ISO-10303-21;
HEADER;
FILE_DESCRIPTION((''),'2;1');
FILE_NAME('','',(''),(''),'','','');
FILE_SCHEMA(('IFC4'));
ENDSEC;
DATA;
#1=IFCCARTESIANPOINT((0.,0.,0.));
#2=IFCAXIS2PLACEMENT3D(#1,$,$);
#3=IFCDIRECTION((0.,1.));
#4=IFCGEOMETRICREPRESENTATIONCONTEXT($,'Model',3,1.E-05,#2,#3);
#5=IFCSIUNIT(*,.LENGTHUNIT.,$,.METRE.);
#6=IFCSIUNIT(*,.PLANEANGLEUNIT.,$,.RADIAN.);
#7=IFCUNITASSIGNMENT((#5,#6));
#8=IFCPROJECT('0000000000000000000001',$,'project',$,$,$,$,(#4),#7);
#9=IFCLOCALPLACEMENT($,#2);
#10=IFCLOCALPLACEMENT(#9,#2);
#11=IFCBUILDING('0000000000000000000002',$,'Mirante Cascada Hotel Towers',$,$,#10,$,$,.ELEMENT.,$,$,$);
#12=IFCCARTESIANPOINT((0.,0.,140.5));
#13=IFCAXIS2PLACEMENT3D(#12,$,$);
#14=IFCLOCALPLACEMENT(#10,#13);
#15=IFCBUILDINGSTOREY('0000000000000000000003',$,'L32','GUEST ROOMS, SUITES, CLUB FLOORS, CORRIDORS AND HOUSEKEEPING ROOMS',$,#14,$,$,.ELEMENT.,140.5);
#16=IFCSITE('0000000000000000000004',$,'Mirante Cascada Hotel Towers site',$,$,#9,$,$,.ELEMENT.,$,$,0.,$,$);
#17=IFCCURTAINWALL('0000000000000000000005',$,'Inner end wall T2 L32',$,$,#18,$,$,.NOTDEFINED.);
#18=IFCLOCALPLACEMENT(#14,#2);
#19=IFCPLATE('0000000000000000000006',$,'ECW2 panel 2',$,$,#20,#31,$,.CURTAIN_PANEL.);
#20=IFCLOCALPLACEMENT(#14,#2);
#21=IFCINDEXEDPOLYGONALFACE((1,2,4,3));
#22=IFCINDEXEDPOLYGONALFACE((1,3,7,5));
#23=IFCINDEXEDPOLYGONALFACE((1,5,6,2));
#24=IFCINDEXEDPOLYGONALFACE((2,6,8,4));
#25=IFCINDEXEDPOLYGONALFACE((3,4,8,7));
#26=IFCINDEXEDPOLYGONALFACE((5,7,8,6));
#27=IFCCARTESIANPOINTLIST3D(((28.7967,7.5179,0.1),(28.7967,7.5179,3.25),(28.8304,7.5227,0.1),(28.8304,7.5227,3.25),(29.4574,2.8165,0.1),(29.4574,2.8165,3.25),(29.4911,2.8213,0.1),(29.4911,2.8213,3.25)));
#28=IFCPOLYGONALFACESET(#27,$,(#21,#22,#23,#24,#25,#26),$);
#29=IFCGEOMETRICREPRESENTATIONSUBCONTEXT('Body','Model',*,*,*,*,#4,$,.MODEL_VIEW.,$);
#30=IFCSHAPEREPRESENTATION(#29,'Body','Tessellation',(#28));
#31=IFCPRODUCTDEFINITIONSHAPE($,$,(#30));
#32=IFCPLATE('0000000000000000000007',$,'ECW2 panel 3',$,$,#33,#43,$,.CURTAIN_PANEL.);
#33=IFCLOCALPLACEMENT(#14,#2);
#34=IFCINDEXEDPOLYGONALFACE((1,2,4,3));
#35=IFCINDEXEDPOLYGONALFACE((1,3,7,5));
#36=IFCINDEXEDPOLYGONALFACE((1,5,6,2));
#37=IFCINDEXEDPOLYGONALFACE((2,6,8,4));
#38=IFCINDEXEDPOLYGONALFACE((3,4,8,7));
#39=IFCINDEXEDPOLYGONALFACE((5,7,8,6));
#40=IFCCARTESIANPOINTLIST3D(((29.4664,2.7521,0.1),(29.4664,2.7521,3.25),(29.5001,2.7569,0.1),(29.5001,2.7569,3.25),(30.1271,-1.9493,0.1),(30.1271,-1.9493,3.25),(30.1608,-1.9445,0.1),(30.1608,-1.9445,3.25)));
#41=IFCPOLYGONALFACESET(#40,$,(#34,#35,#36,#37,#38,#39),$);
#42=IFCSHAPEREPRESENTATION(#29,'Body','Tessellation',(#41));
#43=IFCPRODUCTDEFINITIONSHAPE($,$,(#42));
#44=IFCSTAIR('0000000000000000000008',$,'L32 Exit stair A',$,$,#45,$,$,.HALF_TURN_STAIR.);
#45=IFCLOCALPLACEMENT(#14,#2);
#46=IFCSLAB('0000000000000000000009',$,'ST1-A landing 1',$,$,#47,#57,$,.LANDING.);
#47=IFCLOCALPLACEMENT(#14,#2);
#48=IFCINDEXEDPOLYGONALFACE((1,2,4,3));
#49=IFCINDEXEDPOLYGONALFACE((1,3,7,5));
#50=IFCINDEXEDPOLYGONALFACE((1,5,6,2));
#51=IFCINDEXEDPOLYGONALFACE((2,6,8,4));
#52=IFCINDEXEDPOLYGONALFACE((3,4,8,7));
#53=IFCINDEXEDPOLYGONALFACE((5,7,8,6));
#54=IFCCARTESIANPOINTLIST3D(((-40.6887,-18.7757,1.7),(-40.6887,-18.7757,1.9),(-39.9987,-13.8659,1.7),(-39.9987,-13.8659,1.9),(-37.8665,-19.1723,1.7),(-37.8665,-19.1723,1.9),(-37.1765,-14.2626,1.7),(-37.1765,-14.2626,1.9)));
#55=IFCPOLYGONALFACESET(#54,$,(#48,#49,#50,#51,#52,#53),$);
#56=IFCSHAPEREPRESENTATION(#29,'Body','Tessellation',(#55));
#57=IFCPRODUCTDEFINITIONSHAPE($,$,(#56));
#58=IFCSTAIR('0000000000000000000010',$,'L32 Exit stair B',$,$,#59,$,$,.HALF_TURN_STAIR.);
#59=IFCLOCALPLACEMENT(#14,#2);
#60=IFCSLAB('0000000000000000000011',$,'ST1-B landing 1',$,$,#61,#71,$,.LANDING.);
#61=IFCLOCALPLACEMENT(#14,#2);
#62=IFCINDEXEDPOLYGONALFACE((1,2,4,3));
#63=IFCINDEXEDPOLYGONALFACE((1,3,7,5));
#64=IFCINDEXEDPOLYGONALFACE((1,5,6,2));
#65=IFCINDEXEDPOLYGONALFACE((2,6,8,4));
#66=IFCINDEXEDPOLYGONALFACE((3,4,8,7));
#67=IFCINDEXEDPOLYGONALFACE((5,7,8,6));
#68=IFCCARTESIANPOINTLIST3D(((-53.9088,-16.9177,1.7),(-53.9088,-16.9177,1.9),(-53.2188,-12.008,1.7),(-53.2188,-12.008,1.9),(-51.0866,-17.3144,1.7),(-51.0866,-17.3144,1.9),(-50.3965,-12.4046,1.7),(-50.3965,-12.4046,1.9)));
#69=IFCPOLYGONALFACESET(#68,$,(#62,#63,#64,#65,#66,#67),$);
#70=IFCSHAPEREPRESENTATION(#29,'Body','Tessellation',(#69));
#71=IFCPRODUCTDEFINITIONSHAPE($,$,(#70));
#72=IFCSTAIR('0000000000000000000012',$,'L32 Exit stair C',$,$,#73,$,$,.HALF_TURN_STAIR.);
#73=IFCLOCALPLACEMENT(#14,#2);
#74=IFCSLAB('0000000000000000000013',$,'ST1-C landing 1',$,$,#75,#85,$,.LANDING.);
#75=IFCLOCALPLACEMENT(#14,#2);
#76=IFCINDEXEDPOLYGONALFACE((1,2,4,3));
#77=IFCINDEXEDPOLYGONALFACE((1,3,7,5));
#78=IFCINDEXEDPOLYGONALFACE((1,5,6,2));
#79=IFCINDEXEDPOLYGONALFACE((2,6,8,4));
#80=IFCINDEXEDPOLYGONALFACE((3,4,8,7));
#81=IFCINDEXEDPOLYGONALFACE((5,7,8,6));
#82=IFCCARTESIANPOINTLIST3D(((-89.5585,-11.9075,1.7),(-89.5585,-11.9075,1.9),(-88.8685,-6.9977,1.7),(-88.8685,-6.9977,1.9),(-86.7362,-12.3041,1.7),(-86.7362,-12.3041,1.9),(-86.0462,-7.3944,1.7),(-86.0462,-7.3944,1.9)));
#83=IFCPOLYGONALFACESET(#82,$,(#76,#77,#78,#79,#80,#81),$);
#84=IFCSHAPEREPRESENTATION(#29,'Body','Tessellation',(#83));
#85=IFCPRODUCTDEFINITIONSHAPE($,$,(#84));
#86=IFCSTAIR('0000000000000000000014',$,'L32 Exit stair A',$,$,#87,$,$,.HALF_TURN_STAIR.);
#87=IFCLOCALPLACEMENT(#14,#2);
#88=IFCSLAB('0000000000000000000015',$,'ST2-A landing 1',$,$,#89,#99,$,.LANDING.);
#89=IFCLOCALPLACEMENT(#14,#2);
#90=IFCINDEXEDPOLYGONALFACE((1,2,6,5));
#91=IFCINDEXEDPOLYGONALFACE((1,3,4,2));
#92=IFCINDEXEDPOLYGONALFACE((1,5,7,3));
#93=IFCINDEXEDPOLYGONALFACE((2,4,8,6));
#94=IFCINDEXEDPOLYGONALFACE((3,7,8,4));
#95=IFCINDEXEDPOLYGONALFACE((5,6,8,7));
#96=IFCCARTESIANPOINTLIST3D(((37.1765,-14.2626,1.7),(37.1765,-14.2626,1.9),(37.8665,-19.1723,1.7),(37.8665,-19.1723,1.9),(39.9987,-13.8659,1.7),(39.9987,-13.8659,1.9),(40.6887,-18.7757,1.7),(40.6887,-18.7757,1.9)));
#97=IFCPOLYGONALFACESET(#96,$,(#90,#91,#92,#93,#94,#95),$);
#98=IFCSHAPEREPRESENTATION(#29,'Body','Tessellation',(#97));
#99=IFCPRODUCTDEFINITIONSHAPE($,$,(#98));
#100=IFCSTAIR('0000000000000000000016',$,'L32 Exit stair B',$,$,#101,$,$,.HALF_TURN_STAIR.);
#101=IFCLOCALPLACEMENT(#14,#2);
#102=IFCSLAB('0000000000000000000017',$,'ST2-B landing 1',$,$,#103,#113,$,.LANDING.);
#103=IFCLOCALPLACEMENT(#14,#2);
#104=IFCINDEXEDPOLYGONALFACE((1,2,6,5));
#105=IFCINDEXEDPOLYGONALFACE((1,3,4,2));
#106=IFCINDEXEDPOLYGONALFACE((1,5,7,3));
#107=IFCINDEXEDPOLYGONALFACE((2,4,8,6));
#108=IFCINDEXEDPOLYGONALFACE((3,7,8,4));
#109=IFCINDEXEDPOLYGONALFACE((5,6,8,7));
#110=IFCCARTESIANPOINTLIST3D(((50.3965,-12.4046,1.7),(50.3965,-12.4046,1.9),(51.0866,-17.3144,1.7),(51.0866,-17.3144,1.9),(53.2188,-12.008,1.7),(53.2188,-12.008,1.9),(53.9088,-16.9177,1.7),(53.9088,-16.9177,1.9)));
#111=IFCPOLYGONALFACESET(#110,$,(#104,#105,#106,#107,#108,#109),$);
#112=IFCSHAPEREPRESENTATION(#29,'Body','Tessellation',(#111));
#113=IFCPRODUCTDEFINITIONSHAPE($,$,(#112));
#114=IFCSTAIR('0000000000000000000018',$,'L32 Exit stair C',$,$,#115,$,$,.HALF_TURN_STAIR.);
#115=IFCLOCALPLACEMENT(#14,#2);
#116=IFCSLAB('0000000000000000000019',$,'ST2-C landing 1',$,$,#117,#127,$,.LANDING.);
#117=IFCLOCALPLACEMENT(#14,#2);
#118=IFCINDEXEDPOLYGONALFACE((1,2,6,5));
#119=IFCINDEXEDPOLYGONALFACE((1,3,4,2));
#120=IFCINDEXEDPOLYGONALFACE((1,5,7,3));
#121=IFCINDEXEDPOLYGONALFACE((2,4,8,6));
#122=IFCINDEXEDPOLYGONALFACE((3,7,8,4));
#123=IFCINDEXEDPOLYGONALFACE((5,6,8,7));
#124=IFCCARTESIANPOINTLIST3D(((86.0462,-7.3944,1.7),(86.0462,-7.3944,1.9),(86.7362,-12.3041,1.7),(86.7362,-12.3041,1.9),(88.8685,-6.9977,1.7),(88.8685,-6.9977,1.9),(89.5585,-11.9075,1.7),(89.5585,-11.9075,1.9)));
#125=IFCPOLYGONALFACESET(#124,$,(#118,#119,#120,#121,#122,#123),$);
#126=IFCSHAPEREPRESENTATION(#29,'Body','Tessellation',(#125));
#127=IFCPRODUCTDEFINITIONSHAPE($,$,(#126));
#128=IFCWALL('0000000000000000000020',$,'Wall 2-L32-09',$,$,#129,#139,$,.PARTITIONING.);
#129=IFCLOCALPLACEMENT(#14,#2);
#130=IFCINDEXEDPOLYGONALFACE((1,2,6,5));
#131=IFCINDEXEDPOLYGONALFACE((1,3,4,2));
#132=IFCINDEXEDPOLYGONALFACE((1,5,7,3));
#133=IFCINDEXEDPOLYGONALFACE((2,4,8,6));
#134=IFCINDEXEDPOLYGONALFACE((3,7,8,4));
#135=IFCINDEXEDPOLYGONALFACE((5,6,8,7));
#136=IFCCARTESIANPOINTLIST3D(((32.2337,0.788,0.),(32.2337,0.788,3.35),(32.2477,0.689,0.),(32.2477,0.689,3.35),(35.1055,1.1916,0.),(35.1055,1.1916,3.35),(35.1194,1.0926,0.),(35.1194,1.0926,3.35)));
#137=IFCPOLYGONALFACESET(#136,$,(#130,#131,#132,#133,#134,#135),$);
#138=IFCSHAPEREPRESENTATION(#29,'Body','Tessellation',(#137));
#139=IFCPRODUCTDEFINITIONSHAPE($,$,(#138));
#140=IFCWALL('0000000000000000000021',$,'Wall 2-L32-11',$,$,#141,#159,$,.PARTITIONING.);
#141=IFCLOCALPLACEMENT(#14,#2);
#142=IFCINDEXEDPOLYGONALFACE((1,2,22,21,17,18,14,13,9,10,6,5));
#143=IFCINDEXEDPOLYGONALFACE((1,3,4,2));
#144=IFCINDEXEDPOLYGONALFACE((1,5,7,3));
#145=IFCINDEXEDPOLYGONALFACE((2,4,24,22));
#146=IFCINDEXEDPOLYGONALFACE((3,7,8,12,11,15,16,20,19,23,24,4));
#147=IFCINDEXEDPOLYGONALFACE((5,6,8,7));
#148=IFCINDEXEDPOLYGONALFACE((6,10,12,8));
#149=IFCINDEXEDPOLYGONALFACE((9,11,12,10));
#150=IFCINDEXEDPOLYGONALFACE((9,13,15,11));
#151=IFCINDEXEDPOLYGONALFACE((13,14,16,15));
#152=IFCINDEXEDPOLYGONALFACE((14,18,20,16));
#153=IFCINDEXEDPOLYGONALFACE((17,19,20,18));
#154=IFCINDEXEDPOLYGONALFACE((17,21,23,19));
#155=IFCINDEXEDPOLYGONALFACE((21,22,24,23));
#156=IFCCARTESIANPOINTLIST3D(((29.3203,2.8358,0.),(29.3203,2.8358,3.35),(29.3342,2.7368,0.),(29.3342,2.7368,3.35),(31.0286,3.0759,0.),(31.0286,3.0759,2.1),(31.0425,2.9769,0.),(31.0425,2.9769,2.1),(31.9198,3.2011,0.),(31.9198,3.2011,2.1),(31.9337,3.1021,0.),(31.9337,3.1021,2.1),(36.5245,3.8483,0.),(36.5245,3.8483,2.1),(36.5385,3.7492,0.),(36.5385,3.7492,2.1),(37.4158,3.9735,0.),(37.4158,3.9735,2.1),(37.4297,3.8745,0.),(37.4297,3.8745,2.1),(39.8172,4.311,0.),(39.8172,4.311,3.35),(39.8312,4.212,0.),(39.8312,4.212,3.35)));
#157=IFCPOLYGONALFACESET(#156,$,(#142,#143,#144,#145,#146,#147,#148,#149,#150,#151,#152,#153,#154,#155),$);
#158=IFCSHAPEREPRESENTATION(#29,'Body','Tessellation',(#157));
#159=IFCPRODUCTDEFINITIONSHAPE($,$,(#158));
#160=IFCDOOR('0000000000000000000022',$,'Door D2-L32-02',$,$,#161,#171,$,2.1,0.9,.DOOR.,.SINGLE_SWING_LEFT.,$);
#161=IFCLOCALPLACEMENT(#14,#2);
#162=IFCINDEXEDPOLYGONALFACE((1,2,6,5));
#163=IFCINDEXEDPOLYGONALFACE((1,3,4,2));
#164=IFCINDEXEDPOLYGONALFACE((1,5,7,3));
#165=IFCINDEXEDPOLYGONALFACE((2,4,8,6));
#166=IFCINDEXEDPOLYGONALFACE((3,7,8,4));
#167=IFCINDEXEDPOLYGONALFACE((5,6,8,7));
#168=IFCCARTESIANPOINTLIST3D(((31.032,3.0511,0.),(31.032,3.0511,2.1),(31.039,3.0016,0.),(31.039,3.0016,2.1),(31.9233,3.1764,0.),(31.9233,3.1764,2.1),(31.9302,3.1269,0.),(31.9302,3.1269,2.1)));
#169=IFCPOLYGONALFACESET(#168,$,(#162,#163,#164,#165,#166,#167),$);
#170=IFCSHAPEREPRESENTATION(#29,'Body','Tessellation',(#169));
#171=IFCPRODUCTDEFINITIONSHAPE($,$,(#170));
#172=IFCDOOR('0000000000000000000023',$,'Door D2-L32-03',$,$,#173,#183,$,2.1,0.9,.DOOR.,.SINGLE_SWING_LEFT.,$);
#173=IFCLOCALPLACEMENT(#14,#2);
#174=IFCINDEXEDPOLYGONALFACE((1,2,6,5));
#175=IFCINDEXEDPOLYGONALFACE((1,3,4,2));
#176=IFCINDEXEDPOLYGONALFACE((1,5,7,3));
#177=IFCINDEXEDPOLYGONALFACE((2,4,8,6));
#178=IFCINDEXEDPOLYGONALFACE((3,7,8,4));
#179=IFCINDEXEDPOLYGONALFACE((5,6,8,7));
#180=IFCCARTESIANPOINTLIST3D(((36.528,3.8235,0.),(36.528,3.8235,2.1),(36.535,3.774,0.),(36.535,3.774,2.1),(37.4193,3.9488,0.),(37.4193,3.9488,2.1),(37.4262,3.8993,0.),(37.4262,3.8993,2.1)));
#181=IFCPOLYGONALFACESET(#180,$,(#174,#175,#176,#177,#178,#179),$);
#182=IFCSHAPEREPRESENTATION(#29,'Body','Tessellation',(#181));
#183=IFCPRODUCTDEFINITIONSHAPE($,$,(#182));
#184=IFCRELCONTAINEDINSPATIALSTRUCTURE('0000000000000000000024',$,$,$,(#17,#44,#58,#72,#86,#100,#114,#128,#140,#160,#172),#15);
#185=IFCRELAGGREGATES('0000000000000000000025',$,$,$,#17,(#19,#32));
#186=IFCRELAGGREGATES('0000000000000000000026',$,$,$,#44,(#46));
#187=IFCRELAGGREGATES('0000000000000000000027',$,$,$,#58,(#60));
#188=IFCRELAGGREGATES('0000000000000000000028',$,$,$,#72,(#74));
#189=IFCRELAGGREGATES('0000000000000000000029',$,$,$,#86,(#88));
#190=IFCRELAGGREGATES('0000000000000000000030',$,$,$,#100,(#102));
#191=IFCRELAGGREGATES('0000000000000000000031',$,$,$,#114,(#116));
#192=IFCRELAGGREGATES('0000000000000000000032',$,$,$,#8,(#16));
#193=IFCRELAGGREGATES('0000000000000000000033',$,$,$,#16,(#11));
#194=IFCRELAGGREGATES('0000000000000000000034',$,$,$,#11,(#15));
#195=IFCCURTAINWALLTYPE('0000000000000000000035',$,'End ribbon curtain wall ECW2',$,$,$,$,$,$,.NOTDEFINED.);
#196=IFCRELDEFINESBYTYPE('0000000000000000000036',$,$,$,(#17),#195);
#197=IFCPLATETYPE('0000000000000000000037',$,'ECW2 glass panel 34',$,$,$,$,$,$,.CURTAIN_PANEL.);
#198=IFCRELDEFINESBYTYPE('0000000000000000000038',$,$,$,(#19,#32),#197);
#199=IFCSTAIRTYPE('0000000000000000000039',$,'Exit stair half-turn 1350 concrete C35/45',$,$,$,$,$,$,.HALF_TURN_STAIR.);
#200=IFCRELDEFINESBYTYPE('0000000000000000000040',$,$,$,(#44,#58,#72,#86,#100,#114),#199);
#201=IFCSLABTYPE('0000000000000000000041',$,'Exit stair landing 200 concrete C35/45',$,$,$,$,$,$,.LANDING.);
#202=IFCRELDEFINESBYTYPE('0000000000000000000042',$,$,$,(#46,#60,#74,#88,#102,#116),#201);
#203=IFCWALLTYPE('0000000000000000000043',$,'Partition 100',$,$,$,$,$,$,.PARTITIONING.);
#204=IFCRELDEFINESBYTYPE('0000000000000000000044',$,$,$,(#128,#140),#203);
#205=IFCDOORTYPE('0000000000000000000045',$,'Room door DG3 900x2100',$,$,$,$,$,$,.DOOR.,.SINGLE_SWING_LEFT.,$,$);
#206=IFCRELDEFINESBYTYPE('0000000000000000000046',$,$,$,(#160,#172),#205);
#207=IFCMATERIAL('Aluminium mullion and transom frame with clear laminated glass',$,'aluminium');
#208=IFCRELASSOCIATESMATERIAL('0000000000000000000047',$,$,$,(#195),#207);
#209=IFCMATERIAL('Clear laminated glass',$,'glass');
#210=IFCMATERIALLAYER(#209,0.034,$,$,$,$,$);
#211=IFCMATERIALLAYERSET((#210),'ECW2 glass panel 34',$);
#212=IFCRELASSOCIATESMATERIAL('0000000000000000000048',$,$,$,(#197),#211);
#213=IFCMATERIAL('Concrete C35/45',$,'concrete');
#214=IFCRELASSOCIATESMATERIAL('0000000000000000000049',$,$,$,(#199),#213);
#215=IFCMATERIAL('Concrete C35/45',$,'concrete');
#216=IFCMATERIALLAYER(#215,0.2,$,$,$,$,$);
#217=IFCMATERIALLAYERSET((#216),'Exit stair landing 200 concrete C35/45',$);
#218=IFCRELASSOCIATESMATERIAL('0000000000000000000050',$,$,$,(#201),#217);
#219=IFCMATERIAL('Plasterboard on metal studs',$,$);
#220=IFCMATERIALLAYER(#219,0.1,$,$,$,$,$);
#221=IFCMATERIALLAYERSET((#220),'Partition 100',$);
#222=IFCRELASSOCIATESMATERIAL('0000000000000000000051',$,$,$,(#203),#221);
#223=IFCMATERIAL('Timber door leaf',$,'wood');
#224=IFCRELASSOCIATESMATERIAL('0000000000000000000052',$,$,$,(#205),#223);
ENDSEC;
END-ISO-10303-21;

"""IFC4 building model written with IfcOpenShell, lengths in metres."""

from ifc_helpers import new_model, si_unit, direction, frame, frame_2d, origin, origin_2d, place, context, subcontext, project, spatial, polyline, rectangle, outline, extrude, material, layer, layer_set, type_object, element, fill, aggregate, save


model = new_model("IFC4")

# Units and contexts
model_context = context("Model", 3, precision=1e-05, world=origin(), true_north=direction((0.0, 1.0)))
body_context = subcontext(model_context, "Body", "Model", "MODEL_VIEW")
ifc_project = project(units=[si_unit("LENGTHUNIT", "METRE"), si_unit("PLANEANGLEUNIT", "RADIAN")], contexts=[model_context])

# Site, building, storey
site_placement = place(None, origin())
site = spatial("IfcSite", under=ifc_project, at=site_placement, Name="Mirante Cascada Hotel Towers site", CompositionType="ELEMENT", RefElevation=0.0)
building_placement = place(site_placement, origin())
building = spatial("IfcBuilding", under=site, at=building_placement, Name="Mirante Cascada Hotel Towers", CompositionType="ELEMENT")
storey_placement = place(building_placement, frame((0.0, 0.0, 140.5)))
storey = spatial("IfcBuildingStorey", under=building, at=storey_placement, Name="L32", Description="GUEST ROOMS, SUITES, CLUB FLOORS, CORRIDORS AND HOUSEKEEPING ROOMS", CompositionType="ELEMENT", Elevation=140.5)

# Curtain wall
ifc_material_1 = material(Name="Aluminium mullion and transom frame with clear laminated glass", Category="aluminium")
curtain_wall_type_1 = type_object("IfcCurtainWallType", Name="End ribbon curtain wall ECW2", PredefinedType="NOTDEFINED", material=ifc_material_1)
curtain_wall_1_placement = place(storey_placement, origin())
curtain_wall_1 = element("IfcCurtainWall", 1, at=curtain_wall_1_placement, inside=storey, type_object=curtain_wall_type_1, Name="Inner end wall T2 L32", PredefinedType="NOTDEFINED")

# Plates
ifc_material_2 = material(Name="Clear laminated glass", Category="glass")
ifc_layer_1 = layer(ifc_material_2, 0.034)
ifc_layer_set_1 = layer_set([ifc_layer_1], Name="ECW2 glass panel 34")
plate_type_1 = type_object("IfcPlateType", Name="ECW2 glass panel 34", PredefinedType="CURTAIN_PANEL", material=ifc_layer_set_1)
plate_1_placement = place(storey_placement, frame((29.1439, 5.1696, 0.1), z_axis=(0.0, 0.0, 1.0), x_axis=(0.139173, -0.990268, 0.0)))
plate_1 = element("IfcPlate", 2, at=plate_1_placement, type_object=plate_type_1, Name="ECW2 panel 2", PredefinedType="CURTAIN_PANEL", context=body_context, shape_type="SweptSolid", body=[
    extrude(rectangle(XDim=4.7476, YDim=0.034, at=origin_2d()), origin(), (0.0, 0.0, 1.0), 3.15),
])
plate_2_placement = place(storey_placement, frame((29.8136, 0.4038, 0.1), z_axis=(0.0, 0.0, 1.0), x_axis=(0.139173, -0.990268, 0.0)))
plate_2 = element("IfcPlate", 3, at=plate_2_placement, type_object=plate_type_1, Name="ECW2 panel 3", PredefinedType="CURTAIN_PANEL", context=body_context, shape_type="SweptSolid", body=[
    extrude(rectangle(XDim=4.7476, YDim=0.034, at=origin_2d()), origin(), (0.0, 0.0, 1.0), 3.15),
])
aggregate(curtain_wall_1, [plate_1, plate_2])

# Stairs, slabs
ifc_material_3 = material(Name="Concrete C35/45", Category="concrete")
stair_type = type_object("IfcStairType", Name="Exit stair half-turn 1350 concrete C35/45", PredefinedType="HALF_TURN_STAIR", material=ifc_material_3)
stair_1_placement = place(storey_placement, origin())
stair_1 = element("IfcStair", 4, at=stair_1_placement, inside=storey, type_object=stair_type, Name="L32 Exit stair A", PredefinedType="HALF_TURN_STAIR")
ifc_material_4 = material(Name="Concrete C35/45", Category="concrete")
ifc_layer_2 = layer(ifc_material_4, 0.2)
ifc_layer_set_2 = layer_set([ifc_layer_2], Name="Exit stair landing 200 concrete C35/45")
slab_type = type_object("IfcSlabType", Name="Exit stair landing 200 concrete C35/45", PredefinedType="LANDING", material=ifc_layer_set_2)
slab_1_placement = place(storey_placement, frame((0.0, 0.0, 1.7)))
slab_1 = element("IfcSlab", 5, at=slab_1_placement, type_object=slab_type, Name="ST1-A landing 1", PredefinedType="LANDING", context=body_context, shape_type="SweptSolid", body=[
    extrude(outline(polyline([(-39.9987, -13.8659), (-40.6887, -18.7757), (-37.8665, -19.1723), (-37.1765, -14.2626), (-39.9987, -13.8659)])), origin(), (0.0, 0.0, 1.0), 0.2),
])
aggregate(stair_1, [slab_1])
stair_2_placement = place(storey_placement, origin())
stair_2 = element("IfcStair", 6, at=stair_2_placement, inside=storey, type_object=stair_type, Name="L32 Exit stair B", PredefinedType="HALF_TURN_STAIR")
slab_2_placement = place(storey_placement, frame((0.0, 0.0, 1.7)))
slab_2 = element("IfcSlab", 7, at=slab_2_placement, type_object=slab_type, Name="ST1-B landing 1", PredefinedType="LANDING", context=body_context, shape_type="SweptSolid", body=[
    extrude(outline(polyline([(-53.2188, -12.008), (-53.9088, -16.9177), (-51.0866, -17.3144), (-50.3965, -12.4046), (-53.2188, -12.008)])), origin(), (0.0, 0.0, 1.0), 0.2),
])
aggregate(stair_2, [slab_2])
stair_3_placement = place(storey_placement, origin())
stair_3 = element("IfcStair", 8, at=stair_3_placement, inside=storey, type_object=stair_type, Name="L32 Exit stair C", PredefinedType="HALF_TURN_STAIR")
slab_3_placement = place(storey_placement, frame((0.0, 0.0, 1.7)))
slab_3 = element("IfcSlab", 9, at=slab_3_placement, type_object=slab_type, Name="ST1-C landing 1", PredefinedType="LANDING", context=body_context, shape_type="SweptSolid", body=[
    extrude(outline(polyline([(-88.8685, -6.9977), (-89.5585, -11.9075), (-86.7362, -12.3041), (-86.0462, -7.3944), (-88.8685, -6.9977)])), origin(), (0.0, 0.0, 1.0), 0.2),
])
aggregate(stair_3, [slab_3])
stair_4_placement = place(storey_placement, origin())
stair_4 = element("IfcStair", 10, at=stair_4_placement, inside=storey, type_object=stair_type, Name="L32 Exit stair A", PredefinedType="HALF_TURN_STAIR")
slab_4_placement = place(storey_placement, frame((0.0, 0.0, 1.7)))
slab_4 = element("IfcSlab", 11, at=slab_4_placement, type_object=slab_type, Name="ST2-A landing 1", PredefinedType="LANDING", context=body_context, shape_type="SweptSolid", body=[
    extrude(outline(polyline([(37.1765, -14.2626), (37.8665, -19.1723), (40.6887, -18.7757), (39.9987, -13.8659), (37.1765, -14.2626)])), origin(), (0.0, 0.0, 1.0), 0.2),
])
aggregate(stair_4, [slab_4])
stair_5_placement = place(storey_placement, origin())
stair_5 = element("IfcStair", 12, at=stair_5_placement, inside=storey, type_object=stair_type, Name="L32 Exit stair B", PredefinedType="HALF_TURN_STAIR")
slab_5_placement = place(storey_placement, frame((0.0, 0.0, 1.7)))
slab_5 = element("IfcSlab", 13, at=slab_5_placement, type_object=slab_type, Name="ST2-B landing 1", PredefinedType="LANDING", context=body_context, shape_type="SweptSolid", body=[
    extrude(outline(polyline([(50.3965, -12.4046), (51.0866, -17.3144), (53.9088, -16.9177), (53.2188, -12.008), (50.3965, -12.4046)])), origin(), (0.0, 0.0, 1.0), 0.2),
])
aggregate(stair_5, [slab_5])
stair_6_placement = place(storey_placement, origin())
stair_6 = element("IfcStair", 14, at=stair_6_placement, inside=storey, type_object=stair_type, Name="L32 Exit stair C", PredefinedType="HALF_TURN_STAIR")
slab_6_placement = place(storey_placement, frame((0.0, 0.0, 1.7)))
slab_6 = element("IfcSlab", 15, at=slab_6_placement, type_object=slab_type, Name="ST2-C landing 1", PredefinedType="LANDING", context=body_context, shape_type="SweptSolid", body=[
    extrude(outline(polyline([(86.0462, -7.3944), (86.7362, -12.3041), (89.5585, -11.9075), (88.8685, -6.9977), (86.0462, -7.3944)])), origin(), (0.0, 0.0, 1.0), 0.2),
])
aggregate(stair_6, [slab_6])

# Wall
ifc_material_5 = material(Name="Plasterboard on metal studs")
ifc_layer_3 = layer(ifc_material_5, 0.1)
ifc_layer_set_3 = layer_set([ifc_layer_3], Name="Partition 100")
wall_type_1 = type_object("IfcWallType", Name="Partition 100", PredefinedType="PARTITIONING", material=ifc_layer_set_3)
wall_1_placement = place(storey_placement, frame((32.2407, 0.7385, 0.0), z_axis=(0.0, 0.0, 1.0), x_axis=(0.990268, 0.139171, 0.0)))
element("IfcWall", 16, at=wall_1_placement, inside=storey, type_object=wall_type_1, Name="Wall 2-L32-09", PredefinedType="PARTITIONING", context=body_context, shape_type="SweptSolid", body=[
    extrude(rectangle(XDim=2.9, YDim=0.1, at=frame_2d((1.45, 0.0))), origin(), (0.0, 0.0, 1.0), 3.35),
])

# Wall, openings, doors
wall_2_placement = place(storey_placement, frame((29.3273, 2.7863, 0.0), z_axis=(0.0, 0.0, 1.0), x_axis=(0.990269, 0.139169, 0.0)))
wall_2 = element("IfcWall", 17, at=wall_2_placement, inside=storey, type_object=wall_type_1, Name="Wall 2-L32-11", PredefinedType="PARTITIONING", context=body_context, shape_type="SweptSolid", body=[
    extrude(rectangle(XDim=10.6001, YDim=0.1, at=frame_2d((5.3, 0.0))), origin(), (0.0, 0.0, 1.0), 3.35),
])
opening_1_placement = place(wall_2_placement, frame((1.725, 0.0, 0.0)))
opening_1 = element("IfcOpeningElement", 18, at=opening_1_placement, cuts=wall_2, PredefinedType="OPENING", context=body_context, shape_type="SweptSolid", body=[
    extrude(rectangle(XDim=0.9, YDim=2.1, at=frame_2d((0.45, 1.05))), frame((0.0, 0.05, 0.0), z_axis=(0.0, -1.0, 0.0), x_axis=(1.0, 0.0, 0.0)), (0.0, 0.0, 1.0), 0.1),
])
opening_2_placement = place(wall_2_placement, frame((7.275, 0.0, 0.0)))
opening_2 = element("IfcOpeningElement", 19, at=opening_2_placement, cuts=wall_2, PredefinedType="OPENING", context=body_context, shape_type="SweptSolid", body=[
    extrude(rectangle(XDim=0.9, YDim=2.1, at=frame_2d((0.45, 1.05))), frame((0.0, 0.05, 0.0), z_axis=(0.0, -1.0, 0.0), x_axis=(1.0, 0.0, 0.0)), (0.0, 0.0, 1.0), 0.1),
])
ifc_material_6 = material(Name="Timber door leaf", Category="wood")
door_type_1 = type_object("IfcDoorType", Name="Room door DG3 900x2100", OperationType="SINGLE_SWING_LEFT", PredefinedType="DOOR", material=ifc_material_6)
door_1_placement = place(opening_1_placement, origin())
door_1 = element("IfcDoor", 20, at=door_1_placement, inside=storey, type_object=door_type_1, Name="Door D2-L32-02", OperationType="SINGLE_SWING_LEFT", OverallHeight=2.1, OverallWidth=0.9, PredefinedType="DOOR", context=body_context, shape_type="SweptSolid", body=[
    extrude(rectangle(XDim=0.9, YDim=2.1, at=frame_2d((0.45, 1.05))), frame((0.0, 0.025, 0.0), z_axis=(0.0, -1.0, 0.0), x_axis=(1.0, 0.0, 0.0)), (0.0, 0.0, 1.0), 0.05),
])
fill(opening_1, door_1)
door_2_placement = place(opening_2_placement, origin())
door_2 = element("IfcDoor", 21, at=door_2_placement, inside=storey, type_object=door_type_1, Name="Door D2-L32-03", OperationType="SINGLE_SWING_LEFT", OverallHeight=2.1, OverallWidth=0.9, PredefinedType="DOOR", context=body_context, shape_type="SweptSolid", body=[
    extrude(rectangle(XDim=0.9, YDim=2.1, at=frame_2d((0.45, 1.05))), frame((0.0, 0.025, 0.0), z_axis=(0.0, -1.0, 0.0), x_axis=(1.0, 0.0, 0.0)), (0.0, 0.0, 1.0), 0.05),
])
fill(opening_2, door_2)

save(model, "model.ifc")
